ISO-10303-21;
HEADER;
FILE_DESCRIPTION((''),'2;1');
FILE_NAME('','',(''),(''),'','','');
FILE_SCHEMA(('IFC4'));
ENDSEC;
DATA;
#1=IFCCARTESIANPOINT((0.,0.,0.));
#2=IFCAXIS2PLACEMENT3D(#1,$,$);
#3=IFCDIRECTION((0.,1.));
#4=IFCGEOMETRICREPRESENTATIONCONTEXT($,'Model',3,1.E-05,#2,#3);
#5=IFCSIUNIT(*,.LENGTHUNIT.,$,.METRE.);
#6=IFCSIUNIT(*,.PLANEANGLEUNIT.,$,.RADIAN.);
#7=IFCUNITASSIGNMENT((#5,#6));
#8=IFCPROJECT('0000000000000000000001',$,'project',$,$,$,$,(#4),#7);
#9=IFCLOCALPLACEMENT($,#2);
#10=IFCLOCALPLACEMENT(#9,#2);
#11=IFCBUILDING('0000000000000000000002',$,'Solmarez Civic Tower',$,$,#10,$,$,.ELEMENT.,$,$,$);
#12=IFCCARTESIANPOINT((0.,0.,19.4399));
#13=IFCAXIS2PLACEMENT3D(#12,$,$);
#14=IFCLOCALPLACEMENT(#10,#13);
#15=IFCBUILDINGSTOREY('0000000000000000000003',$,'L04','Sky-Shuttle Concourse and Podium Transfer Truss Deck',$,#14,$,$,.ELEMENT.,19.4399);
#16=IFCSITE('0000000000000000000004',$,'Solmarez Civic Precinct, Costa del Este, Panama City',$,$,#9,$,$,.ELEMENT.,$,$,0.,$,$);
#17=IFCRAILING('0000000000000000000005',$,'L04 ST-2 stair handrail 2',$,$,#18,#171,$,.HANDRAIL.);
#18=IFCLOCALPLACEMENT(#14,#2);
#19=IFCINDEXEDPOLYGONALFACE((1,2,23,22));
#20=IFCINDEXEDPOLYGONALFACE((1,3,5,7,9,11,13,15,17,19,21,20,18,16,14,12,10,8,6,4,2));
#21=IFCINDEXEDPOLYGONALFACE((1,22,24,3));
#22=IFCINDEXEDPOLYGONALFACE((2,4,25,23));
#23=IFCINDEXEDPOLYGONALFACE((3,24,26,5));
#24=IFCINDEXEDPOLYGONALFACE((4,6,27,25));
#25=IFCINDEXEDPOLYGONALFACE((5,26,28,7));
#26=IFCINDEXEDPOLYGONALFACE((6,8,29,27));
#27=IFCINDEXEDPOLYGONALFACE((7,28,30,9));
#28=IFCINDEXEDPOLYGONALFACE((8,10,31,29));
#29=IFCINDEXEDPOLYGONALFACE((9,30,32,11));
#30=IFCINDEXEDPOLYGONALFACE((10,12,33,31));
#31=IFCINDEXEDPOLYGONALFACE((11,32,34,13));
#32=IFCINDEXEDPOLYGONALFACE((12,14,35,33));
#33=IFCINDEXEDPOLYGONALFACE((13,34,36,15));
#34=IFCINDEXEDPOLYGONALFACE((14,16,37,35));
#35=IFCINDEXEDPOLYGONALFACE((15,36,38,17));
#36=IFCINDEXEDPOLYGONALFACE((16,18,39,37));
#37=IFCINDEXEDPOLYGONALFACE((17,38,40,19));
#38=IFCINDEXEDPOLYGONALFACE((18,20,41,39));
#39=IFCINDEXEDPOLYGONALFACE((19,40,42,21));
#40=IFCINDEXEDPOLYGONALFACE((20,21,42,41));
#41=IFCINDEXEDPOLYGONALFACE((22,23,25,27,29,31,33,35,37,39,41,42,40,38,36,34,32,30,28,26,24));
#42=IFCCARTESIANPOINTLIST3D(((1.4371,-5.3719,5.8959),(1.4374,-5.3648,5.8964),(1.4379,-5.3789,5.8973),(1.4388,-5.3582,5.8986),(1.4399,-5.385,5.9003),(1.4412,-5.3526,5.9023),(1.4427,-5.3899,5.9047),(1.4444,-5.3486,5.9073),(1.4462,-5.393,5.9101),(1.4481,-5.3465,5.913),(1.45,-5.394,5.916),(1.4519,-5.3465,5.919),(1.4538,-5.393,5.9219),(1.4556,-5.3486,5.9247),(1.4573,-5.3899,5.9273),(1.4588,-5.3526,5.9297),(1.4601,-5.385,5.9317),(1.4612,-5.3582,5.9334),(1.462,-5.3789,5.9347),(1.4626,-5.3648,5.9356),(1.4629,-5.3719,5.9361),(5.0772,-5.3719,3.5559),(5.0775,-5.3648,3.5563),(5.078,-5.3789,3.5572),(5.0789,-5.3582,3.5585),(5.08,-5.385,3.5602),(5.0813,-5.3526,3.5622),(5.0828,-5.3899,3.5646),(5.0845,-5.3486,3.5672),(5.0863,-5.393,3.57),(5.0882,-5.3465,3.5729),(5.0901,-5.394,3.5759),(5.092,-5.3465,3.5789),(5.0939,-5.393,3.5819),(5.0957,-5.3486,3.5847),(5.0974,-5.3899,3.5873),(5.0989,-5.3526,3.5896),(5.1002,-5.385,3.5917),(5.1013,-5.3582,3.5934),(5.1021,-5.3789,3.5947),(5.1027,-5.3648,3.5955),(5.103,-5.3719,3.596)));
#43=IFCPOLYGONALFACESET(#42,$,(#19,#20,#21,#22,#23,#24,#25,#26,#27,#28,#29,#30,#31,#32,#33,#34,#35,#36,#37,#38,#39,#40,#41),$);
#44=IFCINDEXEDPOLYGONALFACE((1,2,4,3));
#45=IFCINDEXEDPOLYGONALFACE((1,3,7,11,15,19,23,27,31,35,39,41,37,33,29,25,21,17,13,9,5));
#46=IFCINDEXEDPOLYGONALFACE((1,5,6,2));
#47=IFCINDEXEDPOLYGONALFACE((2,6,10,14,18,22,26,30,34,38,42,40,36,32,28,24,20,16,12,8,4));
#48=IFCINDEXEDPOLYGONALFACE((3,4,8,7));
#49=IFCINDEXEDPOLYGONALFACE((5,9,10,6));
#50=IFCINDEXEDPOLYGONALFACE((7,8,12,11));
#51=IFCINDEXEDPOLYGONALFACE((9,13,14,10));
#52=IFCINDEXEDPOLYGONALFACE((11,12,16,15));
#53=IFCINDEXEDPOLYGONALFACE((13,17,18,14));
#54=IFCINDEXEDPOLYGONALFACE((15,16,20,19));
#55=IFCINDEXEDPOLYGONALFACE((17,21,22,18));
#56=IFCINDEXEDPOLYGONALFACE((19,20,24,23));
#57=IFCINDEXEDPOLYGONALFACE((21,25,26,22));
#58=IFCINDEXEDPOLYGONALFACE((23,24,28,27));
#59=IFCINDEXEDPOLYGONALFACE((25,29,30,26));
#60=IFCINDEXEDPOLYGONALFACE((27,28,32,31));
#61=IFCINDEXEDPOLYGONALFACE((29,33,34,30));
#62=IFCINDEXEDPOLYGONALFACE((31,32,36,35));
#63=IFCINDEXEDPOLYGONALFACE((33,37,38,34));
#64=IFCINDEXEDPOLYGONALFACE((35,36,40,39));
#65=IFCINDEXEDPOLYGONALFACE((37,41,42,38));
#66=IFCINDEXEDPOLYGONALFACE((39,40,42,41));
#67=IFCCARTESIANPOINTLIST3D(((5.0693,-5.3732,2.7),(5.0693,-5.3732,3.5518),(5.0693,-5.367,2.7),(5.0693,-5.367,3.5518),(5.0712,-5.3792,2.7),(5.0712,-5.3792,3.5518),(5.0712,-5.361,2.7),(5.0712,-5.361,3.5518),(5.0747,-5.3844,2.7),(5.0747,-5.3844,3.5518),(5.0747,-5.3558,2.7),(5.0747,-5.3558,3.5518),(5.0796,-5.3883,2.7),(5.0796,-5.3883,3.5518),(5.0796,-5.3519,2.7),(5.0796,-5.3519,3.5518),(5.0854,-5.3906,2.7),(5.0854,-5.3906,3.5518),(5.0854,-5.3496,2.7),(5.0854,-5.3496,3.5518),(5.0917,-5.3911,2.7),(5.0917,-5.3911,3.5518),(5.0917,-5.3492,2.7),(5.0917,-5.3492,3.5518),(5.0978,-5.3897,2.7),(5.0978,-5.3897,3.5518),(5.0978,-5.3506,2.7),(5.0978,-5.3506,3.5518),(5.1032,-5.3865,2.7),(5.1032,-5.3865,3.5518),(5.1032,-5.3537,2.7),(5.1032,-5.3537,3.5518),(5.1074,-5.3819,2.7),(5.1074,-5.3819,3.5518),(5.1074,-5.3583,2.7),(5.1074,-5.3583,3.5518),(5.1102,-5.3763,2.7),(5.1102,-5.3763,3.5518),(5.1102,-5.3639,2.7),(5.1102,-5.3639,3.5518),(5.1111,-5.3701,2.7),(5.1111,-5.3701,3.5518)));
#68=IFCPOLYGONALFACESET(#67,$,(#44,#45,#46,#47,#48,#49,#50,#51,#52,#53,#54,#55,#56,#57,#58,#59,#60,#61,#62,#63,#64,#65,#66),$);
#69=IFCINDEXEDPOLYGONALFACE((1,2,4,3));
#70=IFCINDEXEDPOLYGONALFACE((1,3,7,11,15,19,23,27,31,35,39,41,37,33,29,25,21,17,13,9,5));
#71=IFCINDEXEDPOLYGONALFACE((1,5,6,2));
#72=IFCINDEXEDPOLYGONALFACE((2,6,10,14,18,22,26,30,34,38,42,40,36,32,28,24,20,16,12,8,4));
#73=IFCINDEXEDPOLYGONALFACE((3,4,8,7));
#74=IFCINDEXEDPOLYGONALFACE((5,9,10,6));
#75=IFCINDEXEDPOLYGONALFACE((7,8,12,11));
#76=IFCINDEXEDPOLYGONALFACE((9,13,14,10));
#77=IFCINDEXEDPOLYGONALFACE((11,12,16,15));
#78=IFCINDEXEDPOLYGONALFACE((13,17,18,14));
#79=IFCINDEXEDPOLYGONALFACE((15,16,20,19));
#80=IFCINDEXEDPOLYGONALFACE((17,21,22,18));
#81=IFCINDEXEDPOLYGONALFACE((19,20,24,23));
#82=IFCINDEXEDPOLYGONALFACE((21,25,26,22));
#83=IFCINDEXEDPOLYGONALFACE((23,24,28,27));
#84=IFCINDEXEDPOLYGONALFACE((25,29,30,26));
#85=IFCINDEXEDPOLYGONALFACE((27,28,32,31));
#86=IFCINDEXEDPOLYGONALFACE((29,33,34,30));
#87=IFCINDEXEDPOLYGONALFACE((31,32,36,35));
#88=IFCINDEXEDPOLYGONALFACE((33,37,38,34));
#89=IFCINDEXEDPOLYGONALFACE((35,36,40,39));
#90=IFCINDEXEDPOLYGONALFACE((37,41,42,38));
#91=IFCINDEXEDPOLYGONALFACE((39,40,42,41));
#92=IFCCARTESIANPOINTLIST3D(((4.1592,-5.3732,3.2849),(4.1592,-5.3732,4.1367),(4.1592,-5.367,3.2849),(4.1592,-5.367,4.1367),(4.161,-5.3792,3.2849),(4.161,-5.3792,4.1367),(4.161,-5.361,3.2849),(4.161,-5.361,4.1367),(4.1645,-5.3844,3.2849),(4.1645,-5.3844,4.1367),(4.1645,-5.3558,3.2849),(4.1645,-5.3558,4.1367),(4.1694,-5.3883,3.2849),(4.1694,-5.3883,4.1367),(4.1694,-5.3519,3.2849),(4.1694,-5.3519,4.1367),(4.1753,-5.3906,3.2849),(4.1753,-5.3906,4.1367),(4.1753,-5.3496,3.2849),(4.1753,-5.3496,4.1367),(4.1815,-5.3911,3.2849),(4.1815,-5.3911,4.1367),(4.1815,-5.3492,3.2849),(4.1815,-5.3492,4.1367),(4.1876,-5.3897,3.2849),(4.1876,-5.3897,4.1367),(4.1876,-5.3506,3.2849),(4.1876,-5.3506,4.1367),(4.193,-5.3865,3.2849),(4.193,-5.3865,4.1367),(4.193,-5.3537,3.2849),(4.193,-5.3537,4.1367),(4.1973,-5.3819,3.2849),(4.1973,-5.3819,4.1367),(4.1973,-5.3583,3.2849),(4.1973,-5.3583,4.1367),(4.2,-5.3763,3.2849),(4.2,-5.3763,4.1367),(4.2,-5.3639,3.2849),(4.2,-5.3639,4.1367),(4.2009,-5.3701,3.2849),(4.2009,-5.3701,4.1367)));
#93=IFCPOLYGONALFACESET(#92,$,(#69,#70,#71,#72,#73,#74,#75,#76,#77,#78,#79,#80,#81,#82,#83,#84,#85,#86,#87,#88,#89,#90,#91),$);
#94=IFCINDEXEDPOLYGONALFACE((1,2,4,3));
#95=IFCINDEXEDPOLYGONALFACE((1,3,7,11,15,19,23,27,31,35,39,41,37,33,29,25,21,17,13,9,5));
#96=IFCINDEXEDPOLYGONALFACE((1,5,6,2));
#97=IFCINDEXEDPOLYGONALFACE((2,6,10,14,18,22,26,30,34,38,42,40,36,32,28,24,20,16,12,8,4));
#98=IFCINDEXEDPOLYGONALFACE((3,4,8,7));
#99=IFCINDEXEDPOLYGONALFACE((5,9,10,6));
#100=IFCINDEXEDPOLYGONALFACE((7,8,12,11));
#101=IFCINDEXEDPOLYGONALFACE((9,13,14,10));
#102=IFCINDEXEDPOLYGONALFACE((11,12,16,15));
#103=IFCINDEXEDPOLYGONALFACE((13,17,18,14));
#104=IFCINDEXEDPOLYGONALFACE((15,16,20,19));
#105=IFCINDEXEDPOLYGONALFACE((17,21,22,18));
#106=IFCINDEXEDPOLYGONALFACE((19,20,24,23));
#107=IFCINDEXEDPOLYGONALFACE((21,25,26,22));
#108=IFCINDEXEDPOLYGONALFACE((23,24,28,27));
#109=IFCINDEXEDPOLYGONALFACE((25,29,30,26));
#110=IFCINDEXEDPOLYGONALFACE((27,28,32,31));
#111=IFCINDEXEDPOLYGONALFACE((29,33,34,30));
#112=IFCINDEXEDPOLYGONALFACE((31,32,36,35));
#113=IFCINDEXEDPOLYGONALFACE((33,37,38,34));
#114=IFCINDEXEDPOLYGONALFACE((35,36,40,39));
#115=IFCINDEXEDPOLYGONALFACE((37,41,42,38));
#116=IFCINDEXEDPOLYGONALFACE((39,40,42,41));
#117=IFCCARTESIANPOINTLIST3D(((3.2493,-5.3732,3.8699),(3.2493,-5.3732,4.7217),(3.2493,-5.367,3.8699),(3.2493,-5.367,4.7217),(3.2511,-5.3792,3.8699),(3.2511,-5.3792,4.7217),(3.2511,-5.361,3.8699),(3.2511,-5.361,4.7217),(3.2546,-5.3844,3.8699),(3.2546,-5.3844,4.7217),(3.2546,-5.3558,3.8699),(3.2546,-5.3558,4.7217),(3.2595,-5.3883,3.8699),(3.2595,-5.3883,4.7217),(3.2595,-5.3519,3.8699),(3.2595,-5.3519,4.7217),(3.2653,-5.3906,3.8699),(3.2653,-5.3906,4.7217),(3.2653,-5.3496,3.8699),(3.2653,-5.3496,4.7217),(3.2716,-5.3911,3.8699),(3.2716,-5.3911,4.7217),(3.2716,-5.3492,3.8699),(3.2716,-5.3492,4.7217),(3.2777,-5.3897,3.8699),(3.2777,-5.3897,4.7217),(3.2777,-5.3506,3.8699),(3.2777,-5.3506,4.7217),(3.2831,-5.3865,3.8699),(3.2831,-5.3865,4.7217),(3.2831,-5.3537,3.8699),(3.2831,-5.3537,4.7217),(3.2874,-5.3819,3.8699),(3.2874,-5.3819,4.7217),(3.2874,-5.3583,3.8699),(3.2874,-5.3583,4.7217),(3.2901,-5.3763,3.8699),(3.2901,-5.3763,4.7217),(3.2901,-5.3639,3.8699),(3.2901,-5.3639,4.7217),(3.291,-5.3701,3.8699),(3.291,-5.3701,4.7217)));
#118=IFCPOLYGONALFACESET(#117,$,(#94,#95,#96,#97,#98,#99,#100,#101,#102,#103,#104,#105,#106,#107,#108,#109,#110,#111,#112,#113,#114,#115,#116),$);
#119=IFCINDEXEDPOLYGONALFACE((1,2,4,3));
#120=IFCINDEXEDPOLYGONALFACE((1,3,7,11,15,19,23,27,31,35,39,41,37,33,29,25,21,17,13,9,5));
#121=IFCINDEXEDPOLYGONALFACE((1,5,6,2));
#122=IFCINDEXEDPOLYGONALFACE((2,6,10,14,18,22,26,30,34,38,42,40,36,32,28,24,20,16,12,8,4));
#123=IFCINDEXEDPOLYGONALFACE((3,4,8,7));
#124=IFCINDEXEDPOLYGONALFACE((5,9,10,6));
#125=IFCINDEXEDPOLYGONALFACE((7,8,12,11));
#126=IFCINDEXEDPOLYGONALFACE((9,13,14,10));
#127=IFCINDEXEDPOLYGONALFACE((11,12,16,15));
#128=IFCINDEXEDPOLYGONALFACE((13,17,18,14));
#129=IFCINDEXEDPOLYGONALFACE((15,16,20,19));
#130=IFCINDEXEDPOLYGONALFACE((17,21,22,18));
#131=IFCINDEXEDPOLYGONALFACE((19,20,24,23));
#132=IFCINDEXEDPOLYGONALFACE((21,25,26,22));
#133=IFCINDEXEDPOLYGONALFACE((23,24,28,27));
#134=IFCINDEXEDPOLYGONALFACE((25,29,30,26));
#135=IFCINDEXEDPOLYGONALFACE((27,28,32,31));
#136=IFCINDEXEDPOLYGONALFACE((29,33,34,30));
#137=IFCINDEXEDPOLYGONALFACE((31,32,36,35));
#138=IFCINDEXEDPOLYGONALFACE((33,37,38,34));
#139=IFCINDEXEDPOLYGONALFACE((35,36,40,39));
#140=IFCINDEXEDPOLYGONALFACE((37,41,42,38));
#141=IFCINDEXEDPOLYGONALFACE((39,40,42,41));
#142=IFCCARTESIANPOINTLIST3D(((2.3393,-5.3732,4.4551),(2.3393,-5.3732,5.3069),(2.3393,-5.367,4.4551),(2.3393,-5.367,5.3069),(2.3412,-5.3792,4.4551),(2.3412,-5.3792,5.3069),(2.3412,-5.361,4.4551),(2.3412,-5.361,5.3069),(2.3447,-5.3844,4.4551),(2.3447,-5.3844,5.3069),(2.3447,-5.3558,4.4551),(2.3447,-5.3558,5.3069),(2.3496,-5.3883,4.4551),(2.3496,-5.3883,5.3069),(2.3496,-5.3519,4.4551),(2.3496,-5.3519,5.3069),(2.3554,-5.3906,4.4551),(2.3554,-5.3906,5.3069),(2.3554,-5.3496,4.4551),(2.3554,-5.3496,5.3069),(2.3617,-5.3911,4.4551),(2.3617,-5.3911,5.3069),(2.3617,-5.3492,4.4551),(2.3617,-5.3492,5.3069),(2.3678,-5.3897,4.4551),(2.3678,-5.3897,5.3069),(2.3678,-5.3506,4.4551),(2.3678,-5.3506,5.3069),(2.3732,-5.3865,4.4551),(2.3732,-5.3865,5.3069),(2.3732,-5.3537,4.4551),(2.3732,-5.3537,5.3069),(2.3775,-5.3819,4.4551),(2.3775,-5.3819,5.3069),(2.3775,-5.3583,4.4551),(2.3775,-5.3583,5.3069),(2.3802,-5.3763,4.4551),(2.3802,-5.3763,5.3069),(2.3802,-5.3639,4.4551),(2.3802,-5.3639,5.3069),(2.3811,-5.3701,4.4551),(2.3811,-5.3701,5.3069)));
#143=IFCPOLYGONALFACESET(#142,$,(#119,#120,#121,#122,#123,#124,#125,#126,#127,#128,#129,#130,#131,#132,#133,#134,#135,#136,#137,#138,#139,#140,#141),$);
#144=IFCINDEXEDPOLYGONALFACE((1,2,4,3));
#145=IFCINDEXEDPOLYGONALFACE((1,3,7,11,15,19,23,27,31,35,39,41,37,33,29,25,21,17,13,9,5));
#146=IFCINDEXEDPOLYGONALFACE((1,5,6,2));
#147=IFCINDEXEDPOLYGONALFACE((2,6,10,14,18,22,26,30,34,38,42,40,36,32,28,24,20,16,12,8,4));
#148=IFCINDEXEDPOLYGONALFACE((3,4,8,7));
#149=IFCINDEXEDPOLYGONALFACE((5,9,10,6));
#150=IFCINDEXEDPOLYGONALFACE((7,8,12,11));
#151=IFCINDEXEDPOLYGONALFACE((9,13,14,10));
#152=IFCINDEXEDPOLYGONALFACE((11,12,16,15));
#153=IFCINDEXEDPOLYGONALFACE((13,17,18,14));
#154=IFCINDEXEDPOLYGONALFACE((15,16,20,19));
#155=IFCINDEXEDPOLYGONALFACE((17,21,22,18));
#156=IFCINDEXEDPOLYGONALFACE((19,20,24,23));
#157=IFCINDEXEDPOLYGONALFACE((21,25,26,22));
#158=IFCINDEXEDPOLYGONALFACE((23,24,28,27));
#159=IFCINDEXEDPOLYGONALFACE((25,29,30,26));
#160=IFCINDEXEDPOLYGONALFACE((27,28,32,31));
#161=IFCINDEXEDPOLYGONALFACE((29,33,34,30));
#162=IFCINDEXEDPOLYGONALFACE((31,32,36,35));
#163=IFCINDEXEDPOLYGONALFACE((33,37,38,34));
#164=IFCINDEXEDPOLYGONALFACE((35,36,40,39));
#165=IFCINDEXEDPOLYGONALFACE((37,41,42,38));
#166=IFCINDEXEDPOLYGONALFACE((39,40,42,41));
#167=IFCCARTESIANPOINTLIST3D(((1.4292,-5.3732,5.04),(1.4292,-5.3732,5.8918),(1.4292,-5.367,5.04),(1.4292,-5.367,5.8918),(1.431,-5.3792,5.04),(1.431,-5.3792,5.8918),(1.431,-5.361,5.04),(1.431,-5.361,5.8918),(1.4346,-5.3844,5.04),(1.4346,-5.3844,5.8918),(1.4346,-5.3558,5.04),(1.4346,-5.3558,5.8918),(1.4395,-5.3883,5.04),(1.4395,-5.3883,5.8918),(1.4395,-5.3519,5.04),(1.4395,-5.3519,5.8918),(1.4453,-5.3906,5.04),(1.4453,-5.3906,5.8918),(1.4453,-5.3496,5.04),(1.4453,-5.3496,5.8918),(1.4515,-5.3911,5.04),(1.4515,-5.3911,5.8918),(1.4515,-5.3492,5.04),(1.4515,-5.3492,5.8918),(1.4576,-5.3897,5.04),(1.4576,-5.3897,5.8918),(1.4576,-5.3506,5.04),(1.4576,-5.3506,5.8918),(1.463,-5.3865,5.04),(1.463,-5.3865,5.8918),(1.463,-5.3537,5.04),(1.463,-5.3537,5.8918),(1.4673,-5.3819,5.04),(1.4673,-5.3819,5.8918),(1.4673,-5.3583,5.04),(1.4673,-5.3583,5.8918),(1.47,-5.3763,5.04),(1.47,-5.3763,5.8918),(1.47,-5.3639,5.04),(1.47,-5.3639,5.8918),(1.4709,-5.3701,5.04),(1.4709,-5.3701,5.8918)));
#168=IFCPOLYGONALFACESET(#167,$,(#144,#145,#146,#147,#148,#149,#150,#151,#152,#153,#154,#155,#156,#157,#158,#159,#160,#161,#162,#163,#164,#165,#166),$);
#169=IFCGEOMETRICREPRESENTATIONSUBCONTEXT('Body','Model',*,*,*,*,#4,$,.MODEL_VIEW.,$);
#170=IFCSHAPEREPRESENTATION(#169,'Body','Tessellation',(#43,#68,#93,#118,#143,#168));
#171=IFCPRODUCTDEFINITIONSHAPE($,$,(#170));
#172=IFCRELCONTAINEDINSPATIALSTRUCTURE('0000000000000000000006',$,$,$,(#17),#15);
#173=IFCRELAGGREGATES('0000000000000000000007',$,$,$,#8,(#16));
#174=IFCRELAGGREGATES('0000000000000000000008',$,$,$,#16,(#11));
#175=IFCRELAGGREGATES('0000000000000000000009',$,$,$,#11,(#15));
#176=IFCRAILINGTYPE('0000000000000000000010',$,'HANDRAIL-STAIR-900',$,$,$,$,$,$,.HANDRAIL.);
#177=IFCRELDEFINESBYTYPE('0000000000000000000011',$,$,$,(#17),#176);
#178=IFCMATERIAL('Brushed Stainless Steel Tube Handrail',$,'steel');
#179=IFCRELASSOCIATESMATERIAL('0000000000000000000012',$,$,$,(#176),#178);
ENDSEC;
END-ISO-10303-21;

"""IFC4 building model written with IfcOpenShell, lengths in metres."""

from ifc_helpers import new_model, si_unit, direction, frame, origin, origin_2d, place, context, subcontext, project, spatial, circle, extrude, material, type_object, element, save


model = new_model("IFC4")

# Units and contexts
model_context = context("Model", 3, precision=1e-05, world=origin(), true_north=direction((0.0, 1.0)))
body_context = subcontext(model_context, "Body", "Model", "MODEL_VIEW")
ifc_project = project(units=[si_unit("LENGTHUNIT", "METRE"), si_unit("PLANEANGLEUNIT", "RADIAN")], contexts=[model_context])

# Site, building, storey
site_placement = place(None, origin())
site = spatial("IfcSite", under=ifc_project, at=site_placement, Name="Solmarez Civic Precinct, Costa del Este, Panama City", CompositionType="ELEMENT", RefElevation=0.0)
building_placement = place(site_placement, origin())
building = spatial("IfcBuilding", under=site, at=building_placement, Name="Solmarez Civic Tower", CompositionType="ELEMENT")
storey_placement = place(building_placement, frame((0.0, 0.0, 19.4399)))
storey = spatial("IfcBuildingStorey", under=building, at=storey_placement, Name="L04", Description="Sky-Shuttle Concourse and Podium Transfer Truss Deck", CompositionType="ELEMENT", Elevation=19.4399)

# Railing
ifc_material_1 = material(Name="Brushed Stainless Steel Tube Handrail", Category="steel")
railing_type_1 = type_object("IfcRailingType", Name="HANDRAIL-STAIR-900", PredefinedType="HANDRAIL", material=ifc_material_1)
railing_1_placement = place(storey_placement, frame((5.0901, -5.3701, 2.7)))
element("IfcRailing", 1, at=railing_1_placement, inside=storey, type_object=railing_type_1, Name="L04 ST-2 stair handrail 2", PredefinedType="HANDRAIL", context=body_context, shape_type="SweptSolid", body=[
    extrude(circle(Radius=0.0239, at=origin_2d()), frame((0.0, 0.0, 0.876), z_axis=(-0.841178, 0.0, 0.540758), x_axis=(0.0, -1.0, 0.0)), (0.0, 0.0, 1.0), 4.3274),
    extrude(circle(Radius=0.021, at=origin_2d()), origin(), (0.0, 0.0, 1.0), 0.8518),
    extrude(circle(Radius=0.021, at=origin_2d()), frame((-0.9102, 0.0, 0.585)), (0.0, 0.0, 1.0), 0.8518),
    extrude(circle(Radius=0.021, at=origin_2d()), frame((-1.8201, 0.0, 1.1699)), (0.0, 0.0, 1.0), 0.8518),
    extrude(circle(Radius=0.021, at=origin_2d()), frame((-2.73, 0.0, 1.7551)), (0.0, 0.0, 1.0), 0.8518),
    extrude(circle(Radius=0.021, at=origin_2d()), frame((-3.6401, 0.0, 2.3401)), (0.0, 0.0, 1.0), 0.8518),
])

save(model, "model.ifc")
